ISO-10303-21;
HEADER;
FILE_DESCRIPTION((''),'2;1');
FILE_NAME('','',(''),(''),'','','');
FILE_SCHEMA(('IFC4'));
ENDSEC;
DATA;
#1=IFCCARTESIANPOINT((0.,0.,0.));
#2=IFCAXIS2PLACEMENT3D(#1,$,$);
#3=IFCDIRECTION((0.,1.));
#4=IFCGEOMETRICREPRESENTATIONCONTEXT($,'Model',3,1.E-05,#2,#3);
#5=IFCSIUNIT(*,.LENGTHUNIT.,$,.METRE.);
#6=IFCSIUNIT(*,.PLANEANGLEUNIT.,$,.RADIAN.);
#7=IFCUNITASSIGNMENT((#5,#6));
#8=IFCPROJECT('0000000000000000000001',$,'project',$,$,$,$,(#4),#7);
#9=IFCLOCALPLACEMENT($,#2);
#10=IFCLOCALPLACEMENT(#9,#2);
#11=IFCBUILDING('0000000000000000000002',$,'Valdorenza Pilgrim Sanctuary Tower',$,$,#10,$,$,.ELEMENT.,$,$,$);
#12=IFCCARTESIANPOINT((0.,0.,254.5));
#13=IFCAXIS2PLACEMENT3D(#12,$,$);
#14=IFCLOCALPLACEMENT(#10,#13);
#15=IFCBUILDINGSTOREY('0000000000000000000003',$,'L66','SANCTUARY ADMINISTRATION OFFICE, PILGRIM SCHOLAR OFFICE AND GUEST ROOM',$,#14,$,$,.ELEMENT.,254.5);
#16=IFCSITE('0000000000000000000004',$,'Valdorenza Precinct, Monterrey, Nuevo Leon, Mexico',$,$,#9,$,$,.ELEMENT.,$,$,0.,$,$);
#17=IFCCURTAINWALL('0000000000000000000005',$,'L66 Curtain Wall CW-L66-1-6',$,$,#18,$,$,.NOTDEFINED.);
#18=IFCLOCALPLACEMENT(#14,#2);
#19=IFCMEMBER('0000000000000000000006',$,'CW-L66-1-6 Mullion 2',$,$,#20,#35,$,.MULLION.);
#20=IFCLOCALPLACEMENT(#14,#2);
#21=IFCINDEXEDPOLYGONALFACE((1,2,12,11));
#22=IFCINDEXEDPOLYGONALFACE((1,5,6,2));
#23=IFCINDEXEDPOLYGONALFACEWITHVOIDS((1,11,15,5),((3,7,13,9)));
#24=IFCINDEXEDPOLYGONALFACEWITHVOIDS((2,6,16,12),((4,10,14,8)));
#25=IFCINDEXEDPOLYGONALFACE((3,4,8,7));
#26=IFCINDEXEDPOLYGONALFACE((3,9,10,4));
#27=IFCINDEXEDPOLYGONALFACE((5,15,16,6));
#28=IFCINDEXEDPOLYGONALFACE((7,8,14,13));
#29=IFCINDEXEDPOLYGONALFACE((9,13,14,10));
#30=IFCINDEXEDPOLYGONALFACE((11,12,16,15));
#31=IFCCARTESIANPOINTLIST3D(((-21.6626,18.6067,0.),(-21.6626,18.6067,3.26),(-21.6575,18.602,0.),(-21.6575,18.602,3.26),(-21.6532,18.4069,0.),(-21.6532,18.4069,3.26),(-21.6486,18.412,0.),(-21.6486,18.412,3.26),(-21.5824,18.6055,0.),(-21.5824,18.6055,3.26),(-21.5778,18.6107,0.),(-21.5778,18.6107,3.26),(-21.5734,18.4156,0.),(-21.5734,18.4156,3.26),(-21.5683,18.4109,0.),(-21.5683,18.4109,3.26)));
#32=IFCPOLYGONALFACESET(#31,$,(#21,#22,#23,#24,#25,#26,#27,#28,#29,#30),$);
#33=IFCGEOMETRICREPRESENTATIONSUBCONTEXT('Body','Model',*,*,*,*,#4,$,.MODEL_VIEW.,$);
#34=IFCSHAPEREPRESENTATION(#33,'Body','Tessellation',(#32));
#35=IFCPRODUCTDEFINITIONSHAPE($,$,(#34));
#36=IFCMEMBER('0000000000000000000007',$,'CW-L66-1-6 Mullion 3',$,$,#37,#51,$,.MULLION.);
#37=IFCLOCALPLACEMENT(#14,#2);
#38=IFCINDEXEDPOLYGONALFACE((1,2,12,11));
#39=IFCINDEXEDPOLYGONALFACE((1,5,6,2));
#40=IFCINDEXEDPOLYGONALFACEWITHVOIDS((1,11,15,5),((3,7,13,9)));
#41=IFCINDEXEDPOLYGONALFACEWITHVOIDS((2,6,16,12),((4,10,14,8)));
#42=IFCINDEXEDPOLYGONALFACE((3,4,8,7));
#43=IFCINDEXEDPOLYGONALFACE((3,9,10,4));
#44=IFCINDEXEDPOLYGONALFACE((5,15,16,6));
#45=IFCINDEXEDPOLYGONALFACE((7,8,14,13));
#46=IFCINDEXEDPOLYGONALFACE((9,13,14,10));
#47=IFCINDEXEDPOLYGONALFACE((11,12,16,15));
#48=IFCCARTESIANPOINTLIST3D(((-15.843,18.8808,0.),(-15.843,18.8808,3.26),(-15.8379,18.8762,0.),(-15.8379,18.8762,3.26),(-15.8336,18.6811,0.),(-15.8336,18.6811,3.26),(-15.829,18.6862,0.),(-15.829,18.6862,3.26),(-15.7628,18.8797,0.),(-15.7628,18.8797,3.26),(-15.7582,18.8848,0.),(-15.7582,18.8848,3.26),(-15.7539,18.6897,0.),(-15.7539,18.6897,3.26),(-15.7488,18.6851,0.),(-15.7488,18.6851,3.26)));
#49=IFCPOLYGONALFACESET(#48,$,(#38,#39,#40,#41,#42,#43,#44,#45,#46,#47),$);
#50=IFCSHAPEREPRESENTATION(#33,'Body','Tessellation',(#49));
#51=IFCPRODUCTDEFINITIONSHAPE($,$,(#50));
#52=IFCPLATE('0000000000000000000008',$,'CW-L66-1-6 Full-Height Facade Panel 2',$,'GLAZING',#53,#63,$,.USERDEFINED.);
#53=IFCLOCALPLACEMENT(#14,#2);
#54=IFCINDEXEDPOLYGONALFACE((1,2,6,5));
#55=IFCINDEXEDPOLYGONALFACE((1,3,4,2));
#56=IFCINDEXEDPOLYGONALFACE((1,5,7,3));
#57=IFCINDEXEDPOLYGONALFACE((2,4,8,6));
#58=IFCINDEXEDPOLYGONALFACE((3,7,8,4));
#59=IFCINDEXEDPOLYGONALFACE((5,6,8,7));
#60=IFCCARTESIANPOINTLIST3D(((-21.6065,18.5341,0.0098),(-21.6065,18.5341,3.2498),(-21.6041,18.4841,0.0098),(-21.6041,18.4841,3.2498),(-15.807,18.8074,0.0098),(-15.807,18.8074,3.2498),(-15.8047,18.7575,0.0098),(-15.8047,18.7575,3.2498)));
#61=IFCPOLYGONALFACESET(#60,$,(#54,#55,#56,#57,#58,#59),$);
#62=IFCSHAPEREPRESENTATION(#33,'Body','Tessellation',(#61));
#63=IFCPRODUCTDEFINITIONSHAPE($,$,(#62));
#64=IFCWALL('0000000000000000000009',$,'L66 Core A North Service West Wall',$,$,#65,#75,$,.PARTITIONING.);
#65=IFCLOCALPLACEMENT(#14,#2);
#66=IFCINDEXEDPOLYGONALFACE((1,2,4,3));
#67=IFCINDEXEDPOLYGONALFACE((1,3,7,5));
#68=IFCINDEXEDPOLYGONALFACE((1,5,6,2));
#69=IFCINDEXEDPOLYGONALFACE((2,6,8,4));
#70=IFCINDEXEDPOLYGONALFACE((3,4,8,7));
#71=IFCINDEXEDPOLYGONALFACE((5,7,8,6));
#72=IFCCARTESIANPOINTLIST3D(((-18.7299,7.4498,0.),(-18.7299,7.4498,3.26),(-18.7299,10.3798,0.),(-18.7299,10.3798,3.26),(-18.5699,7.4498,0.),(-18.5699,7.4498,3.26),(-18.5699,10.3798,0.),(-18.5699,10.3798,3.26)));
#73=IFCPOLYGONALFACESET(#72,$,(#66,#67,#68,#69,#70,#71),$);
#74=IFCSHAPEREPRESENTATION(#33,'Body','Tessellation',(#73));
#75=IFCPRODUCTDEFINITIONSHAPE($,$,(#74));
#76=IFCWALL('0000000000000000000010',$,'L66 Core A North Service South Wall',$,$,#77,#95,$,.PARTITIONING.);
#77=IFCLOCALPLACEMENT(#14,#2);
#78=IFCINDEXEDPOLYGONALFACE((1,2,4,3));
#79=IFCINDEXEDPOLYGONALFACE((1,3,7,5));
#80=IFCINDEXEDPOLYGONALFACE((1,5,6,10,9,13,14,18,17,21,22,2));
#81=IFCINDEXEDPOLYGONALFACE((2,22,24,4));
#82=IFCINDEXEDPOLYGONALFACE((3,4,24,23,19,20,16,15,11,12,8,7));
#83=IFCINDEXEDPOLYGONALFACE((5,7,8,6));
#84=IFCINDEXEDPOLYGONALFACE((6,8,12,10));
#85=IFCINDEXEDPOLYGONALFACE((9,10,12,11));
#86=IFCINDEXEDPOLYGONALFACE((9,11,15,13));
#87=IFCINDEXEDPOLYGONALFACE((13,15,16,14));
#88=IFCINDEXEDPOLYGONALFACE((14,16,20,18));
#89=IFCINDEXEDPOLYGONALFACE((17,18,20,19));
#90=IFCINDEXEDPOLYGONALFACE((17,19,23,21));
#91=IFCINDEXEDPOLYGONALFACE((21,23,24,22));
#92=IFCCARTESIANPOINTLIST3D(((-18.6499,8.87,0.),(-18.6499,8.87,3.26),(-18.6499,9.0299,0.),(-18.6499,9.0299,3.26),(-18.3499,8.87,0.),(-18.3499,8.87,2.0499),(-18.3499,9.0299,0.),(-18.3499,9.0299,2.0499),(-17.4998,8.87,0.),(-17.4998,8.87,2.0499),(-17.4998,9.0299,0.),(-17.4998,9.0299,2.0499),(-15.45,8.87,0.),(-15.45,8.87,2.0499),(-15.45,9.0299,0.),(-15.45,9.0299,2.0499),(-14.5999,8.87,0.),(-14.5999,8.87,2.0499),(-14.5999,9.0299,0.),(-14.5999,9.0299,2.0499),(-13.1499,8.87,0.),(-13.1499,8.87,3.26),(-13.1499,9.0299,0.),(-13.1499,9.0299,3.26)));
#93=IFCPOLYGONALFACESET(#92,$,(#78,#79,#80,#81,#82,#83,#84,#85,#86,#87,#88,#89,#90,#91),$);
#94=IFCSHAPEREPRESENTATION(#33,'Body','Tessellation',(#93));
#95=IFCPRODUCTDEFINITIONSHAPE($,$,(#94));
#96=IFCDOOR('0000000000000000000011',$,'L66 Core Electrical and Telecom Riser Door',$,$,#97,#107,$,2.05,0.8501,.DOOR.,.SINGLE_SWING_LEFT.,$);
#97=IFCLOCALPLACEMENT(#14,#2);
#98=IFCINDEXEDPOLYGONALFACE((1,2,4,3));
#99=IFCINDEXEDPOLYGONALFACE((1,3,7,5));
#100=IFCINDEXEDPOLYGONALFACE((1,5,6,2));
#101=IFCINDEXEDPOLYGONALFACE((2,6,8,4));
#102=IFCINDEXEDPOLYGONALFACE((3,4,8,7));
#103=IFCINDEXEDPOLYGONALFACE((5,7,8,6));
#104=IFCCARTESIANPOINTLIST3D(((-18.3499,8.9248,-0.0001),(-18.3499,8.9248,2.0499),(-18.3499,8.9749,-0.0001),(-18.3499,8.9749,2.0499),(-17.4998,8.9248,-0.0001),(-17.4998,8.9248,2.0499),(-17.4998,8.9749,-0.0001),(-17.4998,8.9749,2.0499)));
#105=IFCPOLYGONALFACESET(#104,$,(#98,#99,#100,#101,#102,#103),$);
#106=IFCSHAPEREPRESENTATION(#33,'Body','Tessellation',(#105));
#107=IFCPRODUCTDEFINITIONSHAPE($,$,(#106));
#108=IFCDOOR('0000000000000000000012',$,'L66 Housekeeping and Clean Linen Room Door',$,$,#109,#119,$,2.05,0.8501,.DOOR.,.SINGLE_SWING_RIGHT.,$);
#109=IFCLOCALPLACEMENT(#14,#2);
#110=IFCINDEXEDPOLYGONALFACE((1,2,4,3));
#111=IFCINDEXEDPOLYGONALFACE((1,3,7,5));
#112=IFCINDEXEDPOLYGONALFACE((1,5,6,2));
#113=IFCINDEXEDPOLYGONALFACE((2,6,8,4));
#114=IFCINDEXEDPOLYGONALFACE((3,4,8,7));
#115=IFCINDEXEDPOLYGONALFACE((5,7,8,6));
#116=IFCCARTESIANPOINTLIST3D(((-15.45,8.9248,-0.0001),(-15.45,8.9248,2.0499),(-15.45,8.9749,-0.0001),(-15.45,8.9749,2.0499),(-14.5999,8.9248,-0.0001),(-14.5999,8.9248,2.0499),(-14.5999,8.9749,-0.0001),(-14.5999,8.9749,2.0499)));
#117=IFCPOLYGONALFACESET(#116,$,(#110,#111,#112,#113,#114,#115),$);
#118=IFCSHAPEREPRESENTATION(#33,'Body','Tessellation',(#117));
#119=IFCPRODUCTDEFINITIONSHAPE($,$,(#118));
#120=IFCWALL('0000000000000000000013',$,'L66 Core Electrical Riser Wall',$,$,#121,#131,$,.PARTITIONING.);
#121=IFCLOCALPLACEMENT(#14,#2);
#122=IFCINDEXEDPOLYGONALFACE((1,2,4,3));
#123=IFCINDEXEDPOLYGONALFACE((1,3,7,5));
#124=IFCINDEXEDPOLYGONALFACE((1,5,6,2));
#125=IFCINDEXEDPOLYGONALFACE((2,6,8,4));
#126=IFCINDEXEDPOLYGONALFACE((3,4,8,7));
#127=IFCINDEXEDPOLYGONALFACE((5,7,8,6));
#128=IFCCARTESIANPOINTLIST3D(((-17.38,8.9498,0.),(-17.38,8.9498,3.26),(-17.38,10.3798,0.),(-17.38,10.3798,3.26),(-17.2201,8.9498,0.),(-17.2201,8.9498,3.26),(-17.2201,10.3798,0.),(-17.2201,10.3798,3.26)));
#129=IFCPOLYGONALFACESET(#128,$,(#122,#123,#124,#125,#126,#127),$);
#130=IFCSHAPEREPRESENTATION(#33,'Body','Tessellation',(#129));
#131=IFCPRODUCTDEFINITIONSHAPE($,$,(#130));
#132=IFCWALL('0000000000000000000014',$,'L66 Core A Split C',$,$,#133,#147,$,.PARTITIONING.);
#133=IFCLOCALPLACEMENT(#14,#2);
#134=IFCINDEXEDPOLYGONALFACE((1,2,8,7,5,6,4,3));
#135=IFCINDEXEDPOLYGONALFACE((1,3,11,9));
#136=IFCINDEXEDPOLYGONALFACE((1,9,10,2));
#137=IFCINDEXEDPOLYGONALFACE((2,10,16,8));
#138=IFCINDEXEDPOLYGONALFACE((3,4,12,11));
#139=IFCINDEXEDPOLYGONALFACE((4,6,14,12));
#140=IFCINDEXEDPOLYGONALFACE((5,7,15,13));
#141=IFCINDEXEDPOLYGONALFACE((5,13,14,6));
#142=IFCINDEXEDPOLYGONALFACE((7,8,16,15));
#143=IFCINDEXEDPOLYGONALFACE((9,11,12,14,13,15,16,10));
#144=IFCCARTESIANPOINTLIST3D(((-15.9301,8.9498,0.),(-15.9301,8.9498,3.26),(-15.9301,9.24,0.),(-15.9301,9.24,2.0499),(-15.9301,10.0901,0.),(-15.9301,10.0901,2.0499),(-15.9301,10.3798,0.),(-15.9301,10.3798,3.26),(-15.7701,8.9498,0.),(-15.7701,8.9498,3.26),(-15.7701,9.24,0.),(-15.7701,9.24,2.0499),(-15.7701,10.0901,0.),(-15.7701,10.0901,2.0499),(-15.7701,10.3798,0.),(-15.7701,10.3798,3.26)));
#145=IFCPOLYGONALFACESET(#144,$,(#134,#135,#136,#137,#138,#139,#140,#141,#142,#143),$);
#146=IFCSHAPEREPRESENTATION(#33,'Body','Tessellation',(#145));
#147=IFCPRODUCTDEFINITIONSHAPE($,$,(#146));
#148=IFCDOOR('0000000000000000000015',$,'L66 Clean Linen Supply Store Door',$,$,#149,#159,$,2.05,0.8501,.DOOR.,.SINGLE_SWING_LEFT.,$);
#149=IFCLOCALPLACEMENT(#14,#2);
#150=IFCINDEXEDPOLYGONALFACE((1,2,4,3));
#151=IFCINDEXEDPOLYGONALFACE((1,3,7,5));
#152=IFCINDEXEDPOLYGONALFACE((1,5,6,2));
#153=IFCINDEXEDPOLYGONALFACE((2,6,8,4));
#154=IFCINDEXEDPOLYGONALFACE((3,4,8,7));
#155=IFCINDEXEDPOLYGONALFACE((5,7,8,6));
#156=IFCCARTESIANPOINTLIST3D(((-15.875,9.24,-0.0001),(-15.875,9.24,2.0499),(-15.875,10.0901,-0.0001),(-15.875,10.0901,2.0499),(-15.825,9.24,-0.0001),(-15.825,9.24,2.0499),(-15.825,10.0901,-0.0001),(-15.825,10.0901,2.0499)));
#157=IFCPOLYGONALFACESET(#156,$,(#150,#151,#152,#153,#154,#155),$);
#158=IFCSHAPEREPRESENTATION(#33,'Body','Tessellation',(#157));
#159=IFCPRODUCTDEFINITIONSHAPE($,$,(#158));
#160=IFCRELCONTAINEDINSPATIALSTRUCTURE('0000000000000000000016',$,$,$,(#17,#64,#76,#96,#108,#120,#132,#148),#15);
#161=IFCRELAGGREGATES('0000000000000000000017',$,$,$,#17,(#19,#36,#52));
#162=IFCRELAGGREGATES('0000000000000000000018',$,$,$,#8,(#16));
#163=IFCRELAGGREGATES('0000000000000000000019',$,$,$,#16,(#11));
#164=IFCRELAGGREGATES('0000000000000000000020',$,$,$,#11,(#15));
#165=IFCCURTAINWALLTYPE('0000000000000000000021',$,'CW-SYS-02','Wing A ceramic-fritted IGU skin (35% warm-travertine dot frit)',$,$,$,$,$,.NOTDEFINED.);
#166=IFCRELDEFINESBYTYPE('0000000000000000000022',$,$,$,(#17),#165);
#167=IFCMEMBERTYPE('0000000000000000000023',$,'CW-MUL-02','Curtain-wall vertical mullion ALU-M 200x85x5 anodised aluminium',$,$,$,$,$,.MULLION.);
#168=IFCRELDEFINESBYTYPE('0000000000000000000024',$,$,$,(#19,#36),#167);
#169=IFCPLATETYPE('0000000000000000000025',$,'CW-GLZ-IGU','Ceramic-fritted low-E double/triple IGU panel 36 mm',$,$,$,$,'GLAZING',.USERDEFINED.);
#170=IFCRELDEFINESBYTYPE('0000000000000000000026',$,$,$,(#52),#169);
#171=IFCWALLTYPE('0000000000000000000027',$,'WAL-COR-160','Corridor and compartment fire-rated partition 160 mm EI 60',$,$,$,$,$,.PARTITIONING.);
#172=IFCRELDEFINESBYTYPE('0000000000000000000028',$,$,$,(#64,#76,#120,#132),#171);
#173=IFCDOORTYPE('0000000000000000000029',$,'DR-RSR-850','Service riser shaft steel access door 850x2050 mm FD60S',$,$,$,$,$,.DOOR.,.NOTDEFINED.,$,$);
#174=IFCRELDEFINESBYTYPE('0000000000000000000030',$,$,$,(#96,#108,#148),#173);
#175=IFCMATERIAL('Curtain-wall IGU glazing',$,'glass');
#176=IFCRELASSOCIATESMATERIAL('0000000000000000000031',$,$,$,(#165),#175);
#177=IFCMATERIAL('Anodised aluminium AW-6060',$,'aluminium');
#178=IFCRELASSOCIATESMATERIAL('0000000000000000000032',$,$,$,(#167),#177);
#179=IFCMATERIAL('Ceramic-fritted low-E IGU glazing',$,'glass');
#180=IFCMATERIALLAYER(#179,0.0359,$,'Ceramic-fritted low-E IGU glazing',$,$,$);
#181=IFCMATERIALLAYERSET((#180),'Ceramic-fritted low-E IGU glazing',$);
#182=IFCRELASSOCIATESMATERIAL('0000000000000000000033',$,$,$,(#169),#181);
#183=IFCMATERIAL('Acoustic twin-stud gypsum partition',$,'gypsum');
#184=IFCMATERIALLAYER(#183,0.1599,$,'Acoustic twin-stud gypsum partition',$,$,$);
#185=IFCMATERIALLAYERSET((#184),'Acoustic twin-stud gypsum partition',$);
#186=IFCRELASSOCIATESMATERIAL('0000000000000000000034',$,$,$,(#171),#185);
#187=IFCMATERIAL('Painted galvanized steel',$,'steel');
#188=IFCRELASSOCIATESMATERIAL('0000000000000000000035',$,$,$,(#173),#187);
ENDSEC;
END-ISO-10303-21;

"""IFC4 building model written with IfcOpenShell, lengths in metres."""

from ifc_helpers import new_model, si_unit, direction, frame, frame_2d, origin, origin_2d, place, context, subcontext, project, spatial, rectangle, hollow_rectangle, extrude, source, transform, mapped, material, layer, layer_set, material_profile, profile_set, type_object, element, fill, aggregate, save


model = new_model("IFC4")

# Units and contexts
model_context = context("Model", 3, precision=1e-05, world=origin(), true_north=direction((0.0, 1.0)))
body_context = subcontext(model_context, "Body", "Model", "MODEL_VIEW")
ifc_project = project(units=[si_unit("LENGTHUNIT", "METRE"), si_unit("PLANEANGLEUNIT", "RADIAN")], contexts=[model_context])

# Site, building, storey
site_placement = place(None, origin())
site = spatial("IfcSite", under=ifc_project, at=site_placement, Name="Valdorenza Precinct, Monterrey, Nuevo Leon, Mexico", CompositionType="ELEMENT", RefElevation=0.0)
building_placement = place(site_placement, origin())
building = spatial("IfcBuilding", under=site, at=building_placement, Name="Valdorenza Pilgrim Sanctuary Tower", CompositionType="ELEMENT")
storey_placement = place(building_placement, frame((0.0, 0.0, 254.5)))
storey = spatial("IfcBuildingStorey", under=building, at=storey_placement, Name="L66", Description="SANCTUARY ADMINISTRATION OFFICE, PILGRIM SCHOLAR OFFICE AND GUEST ROOM", CompositionType="ELEMENT", Elevation=254.5)

# Curtain wall, members, plate
ifc_material_1 = material(Name="Curtain-wall IGU glazing", Category="glass")
curtain_wall_type = type_object("IfcCurtainWallType", Name="CW-SYS-02", Description="Wing A ceramic-fritted IGU skin (35% warm-travertine dot frit)", PredefinedType="NOTDEFINED", material=ifc_material_1)
curtain_wall_placement = place(storey_placement, origin())
curtain_wall = element("IfcCurtainWall", 1, at=curtain_wall_placement, inside=storey, type_object=curtain_wall_type, Name="L66 Curtain Wall CW-L66-1-6", PredefinedType="NOTDEFINED")
ifc_material_2 = material(Name="Anodised aluminium AW-6060", Category="aluminium")
ifc_material_profile = material_profile(ifc_material_2, hollow_rectangle(XDim=0.085, YDim=0.2, WallThickness=0.0049, at=origin_2d()), Name="ALU-M 200x85x5")
ifc_profile_set = profile_set([ifc_material_profile], Name="Anodised aluminium AW-6060")
member_type = type_object("IfcMemberType", Name="CW-MUL-02", Description="Curtain-wall vertical mullion ALU-M 200x85x5 anodised aluminium", PredefinedType="MULLION", material=ifc_profile_set)
shared_shape_1 = source(origin(), body_context, "Body", "SweptSolid", [
    extrude(hollow_rectangle(XDim=0.085, YDim=0.2, WallThickness=0.0049, at=origin_2d()), origin(), (0.0, 0.0, 1.0), 3.26),
])
member_1_placement = place(storey_placement, frame((-21.6155, 18.5088, 0.0), z_axis=(0.0, 0.0, 1.0), x_axis=(0.998891, 0.047089, 0.0)))
member_1 = element("IfcMember", 2, at=member_1_placement, type_object=member_type, Name="CW-L66-1-6 Mullion 2", PredefinedType="MULLION", context=body_context, shape_type="MappedRepresentation", body=[
    mapped(shared_shape_1, transform((0.0, 0.0, 0.0), x_axis=(1.0, 0.0, 0.0), y_axis=(0.0, 1.0, 0.0), z_axis=(0.0, 0.0, 1.0), scale=1.0)),
])
member_2_placement = place(storey_placement, frame((-15.7959, 18.783, 0.0), z_axis=(0.0, 0.0, 1.0), x_axis=(0.998891, 0.047089, 0.0)))
member_2 = element("IfcMember", 3, at=member_2_placement, type_object=member_type, Name="CW-L66-1-6 Mullion 3", PredefinedType="MULLION", context=body_context, shape_type="MappedRepresentation", body=[
    mapped(shared_shape_1, transform((0.0, 0.0, 0.0), x_axis=(1.0, 0.0, 0.0), y_axis=(0.0, 1.0, 0.0), z_axis=(0.0, 0.0, 1.0), scale=1.0)),
])
ifc_material_3 = material(Name="Ceramic-fritted low-E IGU glazing", Category="glass")
ifc_layer_1 = layer(ifc_material_3, 0.0359, Name="Ceramic-fritted low-E IGU glazing")
ifc_layer_set_1 = layer_set([ifc_layer_1], Name="Ceramic-fritted low-E IGU glazing")
plate_type = type_object("IfcPlateType", Name="CW-GLZ-IGU", Description="Ceramic-fritted low-E double/triple IGU panel 36 mm", ElementType="GLAZING", PredefinedType="USERDEFINED", material=ifc_layer_set_1)
shared_shape_2 = source(origin(), body_context, "Body", "SweptSolid", [
    extrude(rectangle(XDim=5.8059, YDim=0.05, at=origin_2d()), origin(), (0.0, 0.0, 1.0), 3.24),
])
plate_placement = place(storey_placement, frame((-18.7056, 18.6458, 0.0098), z_axis=(0.0, 0.0, 1.0), x_axis=(0.998891, 0.047089, 0.0)))
plate = element("IfcPlate", 4, at=plate_placement, type_object=plate_type, Name="CW-L66-1-6 Full-Height Facade Panel 2", ObjectType="GLAZING", PredefinedType="USERDEFINED", context=body_context, shape_type="MappedRepresentation", body=[
    mapped(shared_shape_2, transform((0.0, 0.0, 0.0), x_axis=(1.0, 0.0, 0.0), y_axis=(0.0, 1.0, 0.0), z_axis=(0.0, 0.0, 1.0), scale=1.0)),
])
aggregate(curtain_wall, [member_1, member_2, plate])

# Wall
ifc_material_4 = material(Name="Acoustic twin-stud gypsum partition", Category="gypsum")
ifc_layer_2 = layer(ifc_material_4, 0.1599, Name="Acoustic twin-stud gypsum partition")
ifc_layer_set_2 = layer_set([ifc_layer_2], Name="Acoustic twin-stud gypsum partition")
wall_type_1 = type_object("IfcWallType", Name="WAL-COR-160", Description="Corridor and compartment fire-rated partition 160 mm EI 60", PredefinedType="PARTITIONING", material=ifc_layer_set_2)
wall_1_placement = place(storey_placement, frame((-18.6499, 7.45, 0.0), z_axis=(0.0, 0.0, 1.0), x_axis=(0.0, 1.0, 0.0)))
element("IfcWall", 5, at=wall_1_placement, inside=storey, type_object=wall_type_1, Name="L66 Core A North Service West Wall", PredefinedType="PARTITIONING", context=body_context, shape_type="SweptSolid", body=[
    extrude(rectangle(XDim=2.9299, YDim=0.1599, at=frame_2d((1.4648, 0.0))), origin(), (0.0, 0.0, 1.0), 3.26),
])

# Wall, openings, doors
wall_2_placement = place(storey_placement, frame((-18.6499, 8.95, 0.0), z_axis=(0.0, 0.0, 1.0), x_axis=(1.0, 0.0, 0.0)))
wall_2 = element("IfcWall", 6, at=wall_2_placement, inside=storey, type_object=wall_type_1, Name="L66 Core A North Service South Wall", PredefinedType="PARTITIONING", context=body_context, shape_type="SweptSolid", body=[
    extrude(rectangle(XDim=5.5, YDim=0.1599, at=frame_2d((2.75, 0.0))), origin(), (0.0, 0.0, 1.0), 3.26),
])
opening_1_placement = place(wall_2_placement, frame((0.3, 0.0, 0.0)))
opening_1 = element("IfcOpeningElement", 7, at=opening_1_placement, cuts=wall_2, PredefinedType="OPENING", context=body_context, shape_type="SweptSolid", body=[
    extrude(rectangle(XDim=0.8501, YDim=2.05, at=frame_2d((0.425, 1.0249))), frame((0.0, 0.0947, 0.0), z_axis=(0.0, -1.0, 0.0), x_axis=(1.0, 0.0, 0.0)), (0.0, 0.0, 1.0), 0.1897),
])
opening_2_placement = place(wall_2_placement, frame((3.2, 0.0, 0.0)))
opening_2 = element("IfcOpeningElement", 8, at=opening_2_placement, cuts=wall_2, PredefinedType="OPENING", context=body_context, shape_type="SweptSolid", body=[
    extrude(rectangle(XDim=0.8501, YDim=2.05, at=frame_2d((0.425, 1.0249))), frame((0.0, 0.0947, 0.0), z_axis=(0.0, -1.0, 0.0), x_axis=(1.0, 0.0, 0.0)), (0.0, 0.0, 1.0), 0.1897),
])
ifc_material_5 = material(Name="Painted galvanized steel", Category="steel")
door_type_1 = type_object("IfcDoorType", Name="DR-RSR-850", Description="Service riser shaft steel access door 850x2050 mm FD60S", OperationType="NOTDEFINED", PredefinedType="DOOR", material=ifc_material_5)
door_1_placement = place(opening_1_placement, origin())
door_1 = element("IfcDoor", 9, at=door_1_placement, inside=storey, type_object=door_type_1, Name="L66 Core Electrical and Telecom Riser Door", OperationType="SINGLE_SWING_LEFT", OverallHeight=2.05, OverallWidth=0.8501, PredefinedType="DOOR", context=body_context, shape_type="SweptSolid", body=[
    extrude(rectangle(XDim=0.8501, YDim=2.05, at=frame_2d((0.425, 1.0249))), frame((0.0, 0.0249, 0.0), z_axis=(0.0, -1.0, 0.0), x_axis=(1.0, 0.0, 0.0)), (0.0, 0.0, 1.0), 0.05),
])
fill(opening_1, door_1)
door_2_placement = place(opening_2_placement, origin())
door_2 = element("IfcDoor", 10, at=door_2_placement, inside=storey, type_object=door_type_1, Name="L66 Housekeeping and Clean Linen Room Door", OperationType="SINGLE_SWING_RIGHT", OverallHeight=2.05, OverallWidth=0.8501, PredefinedType="DOOR", context=body_context, shape_type="SweptSolid", body=[
    extrude(rectangle(XDim=0.8501, YDim=2.05, at=frame_2d((0.425, 1.0249))), frame((0.0, 0.0249, 0.0), z_axis=(0.0, -1.0, 0.0), x_axis=(1.0, 0.0, 0.0)), (0.0, 0.0, 1.0), 0.05),
])
fill(opening_2, door_2)

# Wall
wall_3_placement = place(storey_placement, frame((-17.3, 8.95, 0.0), z_axis=(0.0, 0.0, 1.0), x_axis=(0.0, 1.0, 0.0)))
element("IfcWall", 11, at=wall_3_placement, inside=storey, type_object=wall_type_1, Name="L66 Core Electrical Riser Wall", PredefinedType="PARTITIONING", context=body_context, shape_type="SweptSolid", body=[
    extrude(rectangle(XDim=1.4299, YDim=0.1599, at=frame_2d((0.7148, 0.0))), origin(), (0.0, 0.0, 1.0), 3.26),
])

# Wall, opening, door
wall_4_placement = place(storey_placement, frame((-15.8501, 8.95, 0.0), z_axis=(0.0, 0.0, 1.0), x_axis=(0.0, 1.0, 0.0)))
wall_4 = element("IfcWall", 12, at=wall_4_placement, inside=storey, type_object=wall_type_1, Name="L66 Core A Split C", PredefinedType="PARTITIONING", context=body_context, shape_type="SweptSolid", body=[
    extrude(rectangle(XDim=1.4299, YDim=0.1599, at=frame_2d((0.7148, 0.0))), origin(), (0.0, 0.0, 1.0), 3.26),
])
opening_3_placement = place(wall_4_placement, frame((0.29, 0.0, 0.0)))
opening_3 = element("IfcOpeningElement", 13, at=opening_3_placement, cuts=wall_4, PredefinedType="OPENING", context=body_context, shape_type="SweptSolid", body=[
    extrude(rectangle(XDim=0.8501, YDim=2.05, at=frame_2d((0.425, 1.0249))), frame((0.0, 0.0947, 0.0), z_axis=(0.0, -1.0, 0.0), x_axis=(1.0, 0.0, 0.0)), (0.0, 0.0, 1.0), 0.1897),
])
door_3_placement = place(opening_3_placement, origin())
door_3 = element("IfcDoor", 14, at=door_3_placement, inside=storey, type_object=door_type_1, Name="L66 Clean Linen Supply Store Door", OperationType="SINGLE_SWING_LEFT", OverallHeight=2.05, OverallWidth=0.8501, PredefinedType="DOOR", context=body_context, shape_type="SweptSolid", body=[
    extrude(rectangle(XDim=0.8501, YDim=2.05, at=frame_2d((0.425, 1.0249))), frame((0.0, 0.0249, 0.0), z_axis=(0.0, -1.0, 0.0), x_axis=(1.0, 0.0, 0.0)), (0.0, 0.0, 1.0), 0.05),
])
fill(opening_3, door_3)

save(model, "model.ifc")
